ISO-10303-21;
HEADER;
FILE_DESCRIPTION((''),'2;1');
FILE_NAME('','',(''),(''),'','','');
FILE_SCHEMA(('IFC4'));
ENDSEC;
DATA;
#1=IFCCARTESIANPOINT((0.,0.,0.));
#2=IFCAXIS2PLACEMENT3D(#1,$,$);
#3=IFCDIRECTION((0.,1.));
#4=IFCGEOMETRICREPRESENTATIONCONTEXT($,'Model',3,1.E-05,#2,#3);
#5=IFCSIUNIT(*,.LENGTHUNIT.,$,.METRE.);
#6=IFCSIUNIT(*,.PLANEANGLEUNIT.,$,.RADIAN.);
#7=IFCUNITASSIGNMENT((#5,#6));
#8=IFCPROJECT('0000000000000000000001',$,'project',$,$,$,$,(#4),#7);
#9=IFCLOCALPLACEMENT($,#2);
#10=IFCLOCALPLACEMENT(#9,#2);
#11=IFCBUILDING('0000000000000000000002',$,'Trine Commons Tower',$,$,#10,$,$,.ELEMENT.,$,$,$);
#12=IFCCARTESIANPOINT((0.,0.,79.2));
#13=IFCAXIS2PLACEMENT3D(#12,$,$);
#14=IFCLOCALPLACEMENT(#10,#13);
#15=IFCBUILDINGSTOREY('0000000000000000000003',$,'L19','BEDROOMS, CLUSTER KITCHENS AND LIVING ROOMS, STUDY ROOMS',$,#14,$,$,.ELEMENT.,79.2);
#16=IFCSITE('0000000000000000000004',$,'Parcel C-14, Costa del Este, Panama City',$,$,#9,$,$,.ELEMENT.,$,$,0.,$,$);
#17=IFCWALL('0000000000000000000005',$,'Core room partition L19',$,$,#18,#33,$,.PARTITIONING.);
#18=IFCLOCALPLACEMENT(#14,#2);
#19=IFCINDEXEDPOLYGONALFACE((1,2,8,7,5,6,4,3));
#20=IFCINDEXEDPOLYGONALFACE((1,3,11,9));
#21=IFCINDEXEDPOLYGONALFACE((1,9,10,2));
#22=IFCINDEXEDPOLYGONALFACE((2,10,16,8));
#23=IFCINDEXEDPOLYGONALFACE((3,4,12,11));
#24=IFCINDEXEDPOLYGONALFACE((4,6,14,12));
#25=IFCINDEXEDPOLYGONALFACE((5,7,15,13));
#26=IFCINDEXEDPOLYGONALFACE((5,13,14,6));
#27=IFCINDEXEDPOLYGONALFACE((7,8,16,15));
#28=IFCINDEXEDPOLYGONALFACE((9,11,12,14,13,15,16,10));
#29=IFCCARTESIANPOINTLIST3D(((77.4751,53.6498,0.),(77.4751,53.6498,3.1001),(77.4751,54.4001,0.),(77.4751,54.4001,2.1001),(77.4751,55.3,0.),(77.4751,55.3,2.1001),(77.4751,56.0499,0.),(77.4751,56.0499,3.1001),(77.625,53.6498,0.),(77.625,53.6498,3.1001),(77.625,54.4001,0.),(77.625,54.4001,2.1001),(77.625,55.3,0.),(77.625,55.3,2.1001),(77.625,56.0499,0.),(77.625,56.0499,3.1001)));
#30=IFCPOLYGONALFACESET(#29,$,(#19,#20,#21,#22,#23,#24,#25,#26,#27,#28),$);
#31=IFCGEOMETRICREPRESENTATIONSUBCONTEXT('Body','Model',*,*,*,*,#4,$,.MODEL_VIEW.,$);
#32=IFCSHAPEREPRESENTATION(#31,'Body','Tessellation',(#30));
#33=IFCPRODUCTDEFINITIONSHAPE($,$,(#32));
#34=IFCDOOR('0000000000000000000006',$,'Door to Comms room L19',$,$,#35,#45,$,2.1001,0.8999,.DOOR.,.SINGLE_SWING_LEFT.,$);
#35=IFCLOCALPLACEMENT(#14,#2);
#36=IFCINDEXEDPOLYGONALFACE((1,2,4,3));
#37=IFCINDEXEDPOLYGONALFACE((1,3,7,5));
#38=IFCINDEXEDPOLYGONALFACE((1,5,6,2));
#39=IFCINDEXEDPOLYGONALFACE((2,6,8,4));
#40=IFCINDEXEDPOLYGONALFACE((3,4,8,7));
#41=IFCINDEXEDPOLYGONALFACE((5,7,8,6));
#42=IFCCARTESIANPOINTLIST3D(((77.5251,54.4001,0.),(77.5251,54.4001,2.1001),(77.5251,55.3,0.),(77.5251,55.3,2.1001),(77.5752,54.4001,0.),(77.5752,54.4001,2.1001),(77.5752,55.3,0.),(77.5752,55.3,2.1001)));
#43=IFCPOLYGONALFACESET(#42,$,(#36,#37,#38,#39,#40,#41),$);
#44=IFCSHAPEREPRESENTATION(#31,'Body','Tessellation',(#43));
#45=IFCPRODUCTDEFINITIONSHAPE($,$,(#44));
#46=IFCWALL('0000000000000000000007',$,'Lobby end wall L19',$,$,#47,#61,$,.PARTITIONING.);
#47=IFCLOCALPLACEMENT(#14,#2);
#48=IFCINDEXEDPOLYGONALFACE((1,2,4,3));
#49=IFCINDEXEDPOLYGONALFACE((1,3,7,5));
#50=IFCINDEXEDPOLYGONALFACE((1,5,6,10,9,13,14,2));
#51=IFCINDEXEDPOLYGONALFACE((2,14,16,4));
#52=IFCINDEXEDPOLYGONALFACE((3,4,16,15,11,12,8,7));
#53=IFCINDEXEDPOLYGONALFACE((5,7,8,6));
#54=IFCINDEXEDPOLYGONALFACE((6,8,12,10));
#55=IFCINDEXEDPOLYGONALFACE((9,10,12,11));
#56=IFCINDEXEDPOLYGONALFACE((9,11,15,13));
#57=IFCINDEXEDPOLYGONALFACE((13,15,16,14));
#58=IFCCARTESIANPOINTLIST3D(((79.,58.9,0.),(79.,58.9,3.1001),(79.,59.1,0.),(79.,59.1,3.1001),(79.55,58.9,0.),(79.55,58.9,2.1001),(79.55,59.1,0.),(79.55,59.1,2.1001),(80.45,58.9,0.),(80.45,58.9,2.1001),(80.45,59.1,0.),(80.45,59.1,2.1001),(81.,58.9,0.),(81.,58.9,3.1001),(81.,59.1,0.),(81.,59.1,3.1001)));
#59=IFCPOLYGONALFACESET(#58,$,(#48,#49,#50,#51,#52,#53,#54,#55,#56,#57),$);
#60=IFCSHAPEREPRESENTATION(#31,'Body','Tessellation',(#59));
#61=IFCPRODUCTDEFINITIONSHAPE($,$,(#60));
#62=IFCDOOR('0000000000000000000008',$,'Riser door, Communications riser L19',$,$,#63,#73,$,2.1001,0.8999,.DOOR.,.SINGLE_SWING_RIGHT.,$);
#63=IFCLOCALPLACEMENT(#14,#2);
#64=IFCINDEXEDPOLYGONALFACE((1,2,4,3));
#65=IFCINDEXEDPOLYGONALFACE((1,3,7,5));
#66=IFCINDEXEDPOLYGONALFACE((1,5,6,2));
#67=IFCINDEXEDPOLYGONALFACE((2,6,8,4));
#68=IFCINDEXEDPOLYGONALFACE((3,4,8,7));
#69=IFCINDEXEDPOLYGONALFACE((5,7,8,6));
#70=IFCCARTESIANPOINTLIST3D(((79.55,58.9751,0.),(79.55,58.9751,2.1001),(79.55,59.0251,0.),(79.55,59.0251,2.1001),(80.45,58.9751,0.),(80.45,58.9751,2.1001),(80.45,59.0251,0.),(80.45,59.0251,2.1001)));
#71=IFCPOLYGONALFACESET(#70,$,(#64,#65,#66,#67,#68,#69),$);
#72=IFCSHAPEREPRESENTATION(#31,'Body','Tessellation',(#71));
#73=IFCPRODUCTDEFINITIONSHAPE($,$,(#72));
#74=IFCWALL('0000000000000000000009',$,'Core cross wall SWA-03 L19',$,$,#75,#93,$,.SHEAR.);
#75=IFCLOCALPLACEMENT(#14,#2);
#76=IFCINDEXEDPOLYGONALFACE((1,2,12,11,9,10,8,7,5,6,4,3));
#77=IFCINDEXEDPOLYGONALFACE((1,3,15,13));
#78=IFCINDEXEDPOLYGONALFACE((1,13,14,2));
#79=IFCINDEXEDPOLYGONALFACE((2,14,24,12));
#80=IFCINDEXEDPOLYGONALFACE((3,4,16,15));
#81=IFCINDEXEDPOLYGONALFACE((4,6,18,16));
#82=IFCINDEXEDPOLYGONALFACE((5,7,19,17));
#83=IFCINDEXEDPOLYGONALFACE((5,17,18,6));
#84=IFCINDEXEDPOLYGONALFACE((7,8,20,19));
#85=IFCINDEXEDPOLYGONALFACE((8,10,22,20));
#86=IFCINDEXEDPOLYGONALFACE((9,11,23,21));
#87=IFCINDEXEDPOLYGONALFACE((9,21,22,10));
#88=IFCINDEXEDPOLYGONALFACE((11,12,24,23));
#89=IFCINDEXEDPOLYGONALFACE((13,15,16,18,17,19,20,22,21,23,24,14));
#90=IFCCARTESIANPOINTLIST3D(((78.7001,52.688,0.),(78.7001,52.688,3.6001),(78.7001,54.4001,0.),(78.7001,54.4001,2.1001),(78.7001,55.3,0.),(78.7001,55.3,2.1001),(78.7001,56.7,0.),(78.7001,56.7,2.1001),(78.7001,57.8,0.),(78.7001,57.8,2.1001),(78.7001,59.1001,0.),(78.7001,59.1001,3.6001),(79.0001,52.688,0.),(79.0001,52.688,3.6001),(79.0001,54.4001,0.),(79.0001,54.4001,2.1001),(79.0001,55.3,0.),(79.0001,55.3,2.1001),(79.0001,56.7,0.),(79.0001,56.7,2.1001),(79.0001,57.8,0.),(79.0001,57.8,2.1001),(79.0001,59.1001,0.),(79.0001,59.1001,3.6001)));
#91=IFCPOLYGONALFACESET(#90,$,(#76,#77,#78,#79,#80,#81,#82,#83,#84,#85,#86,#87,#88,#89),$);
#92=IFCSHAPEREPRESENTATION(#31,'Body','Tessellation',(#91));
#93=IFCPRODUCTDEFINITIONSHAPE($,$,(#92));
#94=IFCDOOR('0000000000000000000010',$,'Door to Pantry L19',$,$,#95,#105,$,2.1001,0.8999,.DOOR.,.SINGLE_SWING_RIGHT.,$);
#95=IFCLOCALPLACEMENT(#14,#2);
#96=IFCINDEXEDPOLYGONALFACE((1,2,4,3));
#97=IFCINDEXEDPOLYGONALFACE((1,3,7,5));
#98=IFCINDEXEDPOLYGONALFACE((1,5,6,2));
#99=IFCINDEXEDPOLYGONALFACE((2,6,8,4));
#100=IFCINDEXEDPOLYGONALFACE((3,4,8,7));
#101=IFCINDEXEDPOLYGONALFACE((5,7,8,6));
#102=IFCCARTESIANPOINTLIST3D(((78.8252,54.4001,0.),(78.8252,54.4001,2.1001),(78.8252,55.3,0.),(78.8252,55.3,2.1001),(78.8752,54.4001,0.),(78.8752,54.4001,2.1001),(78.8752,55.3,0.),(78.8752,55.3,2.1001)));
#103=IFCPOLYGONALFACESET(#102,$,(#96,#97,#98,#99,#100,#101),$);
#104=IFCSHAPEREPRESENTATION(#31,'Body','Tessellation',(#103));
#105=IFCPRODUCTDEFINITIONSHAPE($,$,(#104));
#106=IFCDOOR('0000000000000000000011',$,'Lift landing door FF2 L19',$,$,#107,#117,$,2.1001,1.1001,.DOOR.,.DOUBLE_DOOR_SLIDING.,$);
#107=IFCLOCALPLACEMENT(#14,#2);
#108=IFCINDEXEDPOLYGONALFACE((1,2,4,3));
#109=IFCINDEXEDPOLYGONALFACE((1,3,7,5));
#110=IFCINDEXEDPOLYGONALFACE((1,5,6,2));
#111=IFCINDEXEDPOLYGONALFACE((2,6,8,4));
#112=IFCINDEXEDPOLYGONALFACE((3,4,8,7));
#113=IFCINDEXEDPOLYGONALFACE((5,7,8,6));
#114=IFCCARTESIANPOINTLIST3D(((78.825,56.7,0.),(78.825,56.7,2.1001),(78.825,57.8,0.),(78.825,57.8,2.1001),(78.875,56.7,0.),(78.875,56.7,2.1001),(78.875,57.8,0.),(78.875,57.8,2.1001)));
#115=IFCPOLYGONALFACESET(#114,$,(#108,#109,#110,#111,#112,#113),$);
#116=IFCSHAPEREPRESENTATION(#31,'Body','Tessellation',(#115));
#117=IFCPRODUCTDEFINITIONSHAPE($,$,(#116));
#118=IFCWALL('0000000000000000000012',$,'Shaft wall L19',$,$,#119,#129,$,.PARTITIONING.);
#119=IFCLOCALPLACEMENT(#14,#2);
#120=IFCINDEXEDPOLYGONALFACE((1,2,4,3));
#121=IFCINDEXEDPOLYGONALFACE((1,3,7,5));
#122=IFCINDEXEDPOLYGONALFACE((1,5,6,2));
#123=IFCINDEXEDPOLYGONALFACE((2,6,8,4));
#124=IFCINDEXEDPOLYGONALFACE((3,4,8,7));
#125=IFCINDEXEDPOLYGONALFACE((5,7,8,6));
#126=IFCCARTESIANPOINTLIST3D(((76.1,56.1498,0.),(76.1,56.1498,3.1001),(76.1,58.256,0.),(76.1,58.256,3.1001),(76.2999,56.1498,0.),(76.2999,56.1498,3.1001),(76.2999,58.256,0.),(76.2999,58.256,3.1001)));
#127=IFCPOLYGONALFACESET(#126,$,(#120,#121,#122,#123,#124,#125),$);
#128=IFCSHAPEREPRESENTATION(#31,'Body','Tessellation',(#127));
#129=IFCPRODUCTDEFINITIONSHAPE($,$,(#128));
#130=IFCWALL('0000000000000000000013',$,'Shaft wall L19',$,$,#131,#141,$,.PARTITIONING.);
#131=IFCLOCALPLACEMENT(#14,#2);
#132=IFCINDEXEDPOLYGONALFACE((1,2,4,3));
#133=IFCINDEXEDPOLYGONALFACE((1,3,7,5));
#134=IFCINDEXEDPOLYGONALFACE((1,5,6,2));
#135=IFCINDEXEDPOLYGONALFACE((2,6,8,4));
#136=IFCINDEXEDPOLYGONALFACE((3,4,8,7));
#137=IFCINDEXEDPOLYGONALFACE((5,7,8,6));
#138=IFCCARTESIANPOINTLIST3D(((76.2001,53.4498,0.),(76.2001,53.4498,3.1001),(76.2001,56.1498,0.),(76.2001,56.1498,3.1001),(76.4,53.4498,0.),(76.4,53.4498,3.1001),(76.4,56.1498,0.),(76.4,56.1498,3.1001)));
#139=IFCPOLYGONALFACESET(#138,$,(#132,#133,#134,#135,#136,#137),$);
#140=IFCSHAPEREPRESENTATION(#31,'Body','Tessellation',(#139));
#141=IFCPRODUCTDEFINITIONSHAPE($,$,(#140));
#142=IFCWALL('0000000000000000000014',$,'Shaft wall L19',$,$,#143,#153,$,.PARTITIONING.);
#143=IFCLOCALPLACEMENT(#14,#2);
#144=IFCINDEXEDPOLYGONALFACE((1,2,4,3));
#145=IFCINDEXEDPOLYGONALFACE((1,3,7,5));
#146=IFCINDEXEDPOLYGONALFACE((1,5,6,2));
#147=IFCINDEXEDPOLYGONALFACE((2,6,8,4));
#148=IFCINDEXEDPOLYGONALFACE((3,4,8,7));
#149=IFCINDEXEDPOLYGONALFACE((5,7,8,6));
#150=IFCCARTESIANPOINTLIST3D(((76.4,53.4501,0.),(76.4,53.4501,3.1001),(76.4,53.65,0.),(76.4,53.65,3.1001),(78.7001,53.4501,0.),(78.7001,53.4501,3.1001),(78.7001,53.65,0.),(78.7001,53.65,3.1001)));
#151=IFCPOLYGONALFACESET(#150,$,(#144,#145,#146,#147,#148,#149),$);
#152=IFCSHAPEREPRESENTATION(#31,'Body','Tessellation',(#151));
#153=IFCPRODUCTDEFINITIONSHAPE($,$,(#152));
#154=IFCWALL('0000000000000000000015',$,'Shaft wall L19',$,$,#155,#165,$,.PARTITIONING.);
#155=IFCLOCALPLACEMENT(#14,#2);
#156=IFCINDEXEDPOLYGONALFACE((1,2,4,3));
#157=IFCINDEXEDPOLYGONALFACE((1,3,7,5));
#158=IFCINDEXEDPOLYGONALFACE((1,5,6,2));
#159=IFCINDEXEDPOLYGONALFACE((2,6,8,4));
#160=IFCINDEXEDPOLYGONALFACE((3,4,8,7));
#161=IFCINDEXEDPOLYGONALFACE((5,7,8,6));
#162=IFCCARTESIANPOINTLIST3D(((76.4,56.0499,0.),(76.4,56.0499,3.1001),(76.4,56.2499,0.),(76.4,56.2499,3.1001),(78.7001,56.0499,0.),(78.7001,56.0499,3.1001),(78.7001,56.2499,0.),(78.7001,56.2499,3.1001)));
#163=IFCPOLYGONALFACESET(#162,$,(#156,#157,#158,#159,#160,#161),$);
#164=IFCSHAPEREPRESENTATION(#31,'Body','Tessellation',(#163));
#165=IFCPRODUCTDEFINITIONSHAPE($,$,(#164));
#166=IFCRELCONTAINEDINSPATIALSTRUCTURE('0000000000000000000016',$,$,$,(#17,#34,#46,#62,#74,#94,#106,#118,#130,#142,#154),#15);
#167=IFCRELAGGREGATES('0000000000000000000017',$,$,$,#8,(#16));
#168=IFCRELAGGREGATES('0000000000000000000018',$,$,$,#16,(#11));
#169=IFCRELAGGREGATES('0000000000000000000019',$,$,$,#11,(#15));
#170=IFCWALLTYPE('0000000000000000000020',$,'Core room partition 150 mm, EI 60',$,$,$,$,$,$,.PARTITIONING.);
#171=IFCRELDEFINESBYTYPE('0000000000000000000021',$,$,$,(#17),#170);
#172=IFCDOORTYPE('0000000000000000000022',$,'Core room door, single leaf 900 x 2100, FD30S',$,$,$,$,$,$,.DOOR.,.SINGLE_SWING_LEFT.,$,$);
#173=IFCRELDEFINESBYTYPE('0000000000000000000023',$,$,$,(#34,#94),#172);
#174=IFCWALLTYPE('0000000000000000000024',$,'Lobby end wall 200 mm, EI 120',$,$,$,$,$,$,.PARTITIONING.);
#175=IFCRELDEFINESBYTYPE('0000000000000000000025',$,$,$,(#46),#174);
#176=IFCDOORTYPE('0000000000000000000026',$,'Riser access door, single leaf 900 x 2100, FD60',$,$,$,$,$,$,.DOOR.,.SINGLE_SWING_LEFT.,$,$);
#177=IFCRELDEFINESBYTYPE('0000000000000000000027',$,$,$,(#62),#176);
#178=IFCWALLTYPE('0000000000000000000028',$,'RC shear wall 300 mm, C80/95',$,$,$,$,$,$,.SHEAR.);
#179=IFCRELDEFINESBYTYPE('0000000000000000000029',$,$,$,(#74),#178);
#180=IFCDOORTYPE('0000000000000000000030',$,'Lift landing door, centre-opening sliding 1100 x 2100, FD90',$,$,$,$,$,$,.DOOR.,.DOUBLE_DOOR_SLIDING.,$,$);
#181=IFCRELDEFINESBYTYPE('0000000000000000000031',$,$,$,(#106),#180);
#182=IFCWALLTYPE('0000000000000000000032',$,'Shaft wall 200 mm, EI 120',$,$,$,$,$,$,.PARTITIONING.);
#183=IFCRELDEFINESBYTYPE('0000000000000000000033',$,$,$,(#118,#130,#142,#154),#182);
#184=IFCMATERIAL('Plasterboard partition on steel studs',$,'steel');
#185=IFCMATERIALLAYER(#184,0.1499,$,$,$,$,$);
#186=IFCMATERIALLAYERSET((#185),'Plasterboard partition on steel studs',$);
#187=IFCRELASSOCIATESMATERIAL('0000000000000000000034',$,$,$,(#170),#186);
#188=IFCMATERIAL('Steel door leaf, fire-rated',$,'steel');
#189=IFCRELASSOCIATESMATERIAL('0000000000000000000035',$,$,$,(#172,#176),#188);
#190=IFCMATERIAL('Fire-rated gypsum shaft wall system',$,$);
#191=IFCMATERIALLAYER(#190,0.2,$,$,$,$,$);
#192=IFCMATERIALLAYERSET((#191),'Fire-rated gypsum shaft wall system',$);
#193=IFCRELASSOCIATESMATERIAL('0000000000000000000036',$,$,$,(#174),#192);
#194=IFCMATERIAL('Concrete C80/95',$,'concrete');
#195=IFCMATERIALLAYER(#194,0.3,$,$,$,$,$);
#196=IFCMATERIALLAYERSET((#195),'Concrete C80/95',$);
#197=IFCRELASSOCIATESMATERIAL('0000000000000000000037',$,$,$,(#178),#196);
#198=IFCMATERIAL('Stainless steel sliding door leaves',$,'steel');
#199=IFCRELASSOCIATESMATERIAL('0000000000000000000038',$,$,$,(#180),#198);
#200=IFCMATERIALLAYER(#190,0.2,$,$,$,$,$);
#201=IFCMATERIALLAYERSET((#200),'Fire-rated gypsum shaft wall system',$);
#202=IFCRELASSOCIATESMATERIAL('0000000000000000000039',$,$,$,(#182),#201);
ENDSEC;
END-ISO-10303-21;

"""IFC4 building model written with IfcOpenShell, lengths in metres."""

from ifc_helpers import new_model, si_unit, direction, frame, frame_2d, origin, place, context, subcontext, project, spatial, rectangle, extrude, material, layer, layer_set, type_object, element, fill, save


model = new_model("IFC4")

# Units and contexts
model_context = context("Model", 3, precision=1e-05, world=origin(), true_north=direction((0.0, 1.0)))
body_context = subcontext(model_context, "Body", "Model", "MODEL_VIEW")
ifc_project = project(units=[si_unit("LENGTHUNIT", "METRE"), si_unit("PLANEANGLEUNIT", "RADIAN")], contexts=[model_context])

# Site, building, storey
site_placement = place(None, origin())
site = spatial("IfcSite", under=ifc_project, at=site_placement, Name="Parcel C-14, Costa del Este, Panama City", CompositionType="ELEMENT", RefElevation=0.0)
building_placement = place(site_placement, origin())
building = spatial("IfcBuilding", under=site, at=building_placement, Name="Trine Commons Tower", CompositionType="ELEMENT")
storey_placement = place(building_placement, frame((0.0, 0.0, 79.2)))
storey = spatial("IfcBuildingStorey", under=building, at=storey_placement, Name="L19", Description="BEDROOMS, CLUSTER KITCHENS AND LIVING ROOMS, STUDY ROOMS", CompositionType="ELEMENT", Elevation=79.2)

# Walls, openings, doors
ifc_material_1 = material(Name="Plasterboard partition on steel studs", Category="steel")
ifc_layer_1 = layer(ifc_material_1, 0.1499)
ifc_layer_set_1 = layer_set([ifc_layer_1], Name="Plasterboard partition on steel studs")
wall_type_1 = type_object("IfcWallType", Name="Core room partition 150 mm, EI 60", PredefinedType="PARTITIONING", material=ifc_layer_set_1)
wall_1_placement = place(storey_placement, frame((77.55, 56.05, 0.0), z_axis=(0.0, 0.0, 1.0), x_axis=(0.0, -1.0, 0.0)))
wall_1 = element("IfcWall", 1, at=wall_1_placement, inside=storey, type_object=wall_type_1, Name="Core room partition L19", PredefinedType="PARTITIONING", context=body_context, shape_type="SweptSolid", body=[
    extrude(rectangle(XDim=2.4001, YDim=0.1499, at=frame_2d((1.2002, 0.0))), origin(), (0.0, 0.0, 1.0), 3.1001),
])
opening_1_placement = place(wall_1_placement, frame((0.75, 0.0, 0.0)))
opening_1 = element("IfcOpeningElement", 2, at=opening_1_placement, cuts=wall_1, PredefinedType="OPENING", context=body_context, shape_type="SweptSolid", body=[
    extrude(rectangle(XDim=0.8999, YDim=2.1001, at=frame_2d((0.45, 1.05))), frame((0.0, 0.085, 0.0), z_axis=(0.0, -1.0, 0.0), x_axis=(1.0, 0.0, 0.0)), (0.0, 0.0, 1.0), 0.1699),
])
ifc_material_2 = material(Name="Steel door leaf, fire-rated", Category="steel")
door_type_1 = type_object("IfcDoorType", Name="Core room door, single leaf 900 x 2100, FD30S", OperationType="SINGLE_SWING_LEFT", PredefinedType="DOOR", material=ifc_material_2)
door_1_placement = place(opening_1_placement, frame((0.8999, 0.0, 0.0), z_axis=(0.0, 0.0, 1.0), x_axis=(-1.0, 0.0, 0.0)))
door_1 = element("IfcDoor", 3, at=door_1_placement, inside=storey, type_object=door_type_1, Name="Door to Comms room L19", OperationType="SINGLE_SWING_LEFT", OverallHeight=2.1001, OverallWidth=0.8999, PredefinedType="DOOR", context=body_context, shape_type="SweptSolid", body=[
    extrude(rectangle(XDim=0.8999, YDim=2.1001, at=frame_2d((0.45, 1.05))), frame((0.0, 0.0249, 0.0), z_axis=(0.0, -1.0, 0.0), x_axis=(1.0, 0.0, 0.0)), (0.0, 0.0, 1.0), 0.05),
])
fill(opening_1, door_1)
ifc_material_3 = material(Name="Fire-rated gypsum shaft wall system")
ifc_layer_2 = layer(ifc_material_3, 0.2)
ifc_layer_set_2 = layer_set([ifc_layer_2], Name="Fire-rated gypsum shaft wall system")
wall_type_2 = type_object("IfcWallType", Name="Lobby end wall 200 mm, EI 120", PredefinedType="PARTITIONING", material=ifc_layer_set_2)
wall_2_placement = place(storey_placement, frame((79.0, 59.0, 0.0), z_axis=(0.0, 0.0, 1.0), x_axis=(1.0, 0.0, 0.0)))
wall_2 = element("IfcWall", 4, at=wall_2_placement, inside=storey, type_object=wall_type_2, Name="Lobby end wall L19", PredefinedType="PARTITIONING", context=body_context, shape_type="SweptSolid", body=[
    extrude(rectangle(XDim=2.0, YDim=0.2, at=frame_2d((1.0, 0.0))), origin(), (0.0, 0.0, 1.0), 3.1001),
])
opening_2_placement = place(wall_2_placement, frame((0.55, 0.0, 0.0)))
opening_2 = element("IfcOpeningElement", 5, at=opening_2_placement, cuts=wall_2, PredefinedType="OPENING", context=body_context, shape_type="SweptSolid", body=[
    extrude(rectangle(XDim=0.8999, YDim=2.1001, at=frame_2d((0.45, 1.05))), frame((0.0, 0.1099, 0.0), z_axis=(0.0, -1.0, 0.0), x_axis=(1.0, 0.0, 0.0)), (0.0, 0.0, 1.0), 0.22),
])
door_type_2 = type_object("IfcDoorType", Name="Riser access door, single leaf 900 x 2100, FD60", OperationType="SINGLE_SWING_LEFT", PredefinedType="DOOR", material=ifc_material_2)
door_2_placement = place(opening_2_placement, frame((0.8999, 0.0, 0.0), z_axis=(0.0, 0.0, 1.0), x_axis=(-1.0, 0.0, 0.0)))
door_2 = element("IfcDoor", 6, at=door_2_placement, inside=storey, type_object=door_type_2, Name="Riser door, Communications riser L19", OperationType="SINGLE_SWING_RIGHT", OverallHeight=2.1001, OverallWidth=0.8999, PredefinedType="DOOR", context=body_context, shape_type="SweptSolid", body=[
    extrude(rectangle(XDim=0.8999, YDim=2.1001, at=frame_2d((0.45, 1.05))), frame((0.0, 0.0249, 0.0), z_axis=(0.0, -1.0, 0.0), x_axis=(1.0, 0.0, 0.0)), (0.0, 0.0, 1.0), 0.05),
])
fill(opening_2, door_2)

# Wall, openings, doors
ifc_material_4 = material(Name="Concrete C80/95", Category="concrete")
ifc_layer_3 = layer(ifc_material_4, 0.3)
ifc_layer_set_3 = layer_set([ifc_layer_3], Name="Concrete C80/95")
wall_type_3 = type_object("IfcWallType", Name="RC shear wall 300 mm, C80/95", PredefinedType="SHEAR", material=ifc_layer_set_3)
wall_3_placement = place(storey_placement, frame((78.8501, 59.1001, 0.0), z_axis=(0.0, 0.0, 1.0), x_axis=(0.0, -1.0, 0.0)))
wall_3 = element("IfcWall", 7, at=wall_3_placement, inside=storey, type_object=wall_type_3, Name="Core cross wall SWA-03 L19", PredefinedType="SHEAR", context=body_context, shape_type="SweptSolid", body=[
    extrude(rectangle(XDim=6.4121, YDim=0.3, at=frame_2d((3.2061, 0.0))), origin(), (0.0, 0.0, 1.0), 3.6001),
])
opening_3_placement = place(wall_3_placement, frame((3.8, 0.0, 0.0)))
opening_3 = element("IfcOpeningElement", 8, at=opening_3_placement, cuts=wall_3, PredefinedType="OPENING", context=body_context, shape_type="SweptSolid", body=[
    extrude(rectangle(XDim=0.8999, YDim=2.1001, at=frame_2d((0.45, 1.05))), frame((0.0, 0.1599, 0.0), z_axis=(0.0, -1.0, 0.0), x_axis=(1.0, 0.0, 0.0)), (0.0, 0.0, 1.0), 0.3201),
])
opening_4_placement = place(wall_3_placement, frame((1.3, 0.0, 0.0)))
opening_4 = element("IfcOpeningElement", 9, at=opening_4_placement, cuts=wall_3, PredefinedType="OPENING", context=body_context, shape_type="SweptSolid", body=[
    extrude(rectangle(XDim=1.1001, YDim=2.1001, at=frame_2d((0.55, 1.05))), frame((0.0, 0.1599, 0.0), z_axis=(0.0, -1.0, 0.0), x_axis=(1.0, 0.0, 0.0)), (0.0, 0.0, 1.0), 0.3201),
])
door_3_placement = place(opening_3_placement, frame((0.8999, 0.0, 0.0), z_axis=(0.0, 0.0, 1.0), x_axis=(-1.0, 0.0, 0.0)))
door_3 = element("IfcDoor", 10, at=door_3_placement, inside=storey, type_object=door_type_1, Name="Door to Pantry L19", OperationType="SINGLE_SWING_RIGHT", OverallHeight=2.1001, OverallWidth=0.8999, PredefinedType="DOOR", context=body_context, shape_type="SweptSolid", body=[
    extrude(rectangle(XDim=0.8999, YDim=2.1001, at=frame_2d((0.45, 1.05))), frame((0.0, 0.0249, 0.0), z_axis=(0.0, -1.0, 0.0), x_axis=(1.0, 0.0, 0.0)), (0.0, 0.0, 1.0), 0.05),
])
fill(opening_3, door_3)
ifc_material_5 = material(Name="Stainless steel sliding door leaves", Category="steel")
door_type_3 = type_object("IfcDoorType", Name="Lift landing door, centre-opening sliding 1100 x 2100, FD90", OperationType="DOUBLE_DOOR_SLIDING", PredefinedType="DOOR", material=ifc_material_5)
door_4_placement = place(opening_4_placement, origin())
door_4 = element("IfcDoor", 11, at=door_4_placement, inside=storey, type_object=door_type_3, Name="Lift landing door FF2 L19", OperationType="DOUBLE_DOOR_SLIDING", OverallHeight=2.1001, OverallWidth=1.1001, PredefinedType="DOOR", context=body_context, shape_type="SweptSolid", body=[
    extrude(rectangle(XDim=1.1001, YDim=2.1001, at=frame_2d((0.55, 1.05))), frame((0.0, 0.0249, 0.0), z_axis=(0.0, -1.0, 0.0), x_axis=(1.0, 0.0, 0.0)), (0.0, 0.0, 1.0), 0.05),
])
fill(opening_4, door_4)

# Walls
ifc_layer_4 = layer(ifc_material_3, 0.2)
ifc_layer_set_4 = layer_set([ifc_layer_4], Name="Fire-rated gypsum shaft wall system")
wall_type_4 = type_object("IfcWallType", Name="Shaft wall 200 mm, EI 120", PredefinedType="PARTITIONING", material=ifc_layer_set_4)
wall_4_placement = place(storey_placement, frame((76.2, 58.2561, 0.0), z_axis=(0.0, 0.0, 1.0), x_axis=(0.0, -1.0, 0.0)))
element("IfcWall", 12, at=wall_4_placement, inside=storey, type_object=wall_type_4, Name="Shaft wall L19", PredefinedType="PARTITIONING", context=body_context, shape_type="SweptSolid", body=[
    extrude(rectangle(XDim=2.1062, YDim=0.2, at=frame_2d((1.0532, 0.0))), origin(), (0.0, 0.0, 1.0), 3.1001),
])
wall_5_placement = place(storey_placement, frame((76.3, 56.1499, 0.0), z_axis=(0.0, 0.0, 1.0), x_axis=(0.0, -1.0, 0.0)))
element("IfcWall", 13, at=wall_5_placement, inside=storey, type_object=wall_type_4, Name="Shaft wall L19", PredefinedType="PARTITIONING", context=body_context, shape_type="SweptSolid", body=[
    extrude(rectangle(XDim=2.7, YDim=0.2, at=frame_2d((1.3501, 0.0))), origin(), (0.0, 0.0, 1.0), 3.1001),
])
for number, where, z_axis, x_axis, name in (
    (14, (78.7, 53.55, 0.0), (0.0, 0.0, 1.0), (-1.0, 0.0, 0.0), "Shaft wall L19"),
    (15, (78.7, 56.1499, 0.0), (0.0, 0.0, 1.0), (-1.0, 0.0, 0.0), "Shaft wall L19"),
):
    element("IfcWall", number, at=place(storey_placement, frame(where, z_axis=z_axis, x_axis=x_axis)), inside=storey, type_object=wall_type_4, Name=name, PredefinedType="PARTITIONING", context=body_context, shape_type="SweptSolid", body=[
        extrude(rectangle(XDim=2.3, YDim=0.2, at=frame_2d((1.1499, 0.0))), origin(), (0.0, 0.0, 1.0), 3.1001),
    ])

save(model, "model.ifc")
